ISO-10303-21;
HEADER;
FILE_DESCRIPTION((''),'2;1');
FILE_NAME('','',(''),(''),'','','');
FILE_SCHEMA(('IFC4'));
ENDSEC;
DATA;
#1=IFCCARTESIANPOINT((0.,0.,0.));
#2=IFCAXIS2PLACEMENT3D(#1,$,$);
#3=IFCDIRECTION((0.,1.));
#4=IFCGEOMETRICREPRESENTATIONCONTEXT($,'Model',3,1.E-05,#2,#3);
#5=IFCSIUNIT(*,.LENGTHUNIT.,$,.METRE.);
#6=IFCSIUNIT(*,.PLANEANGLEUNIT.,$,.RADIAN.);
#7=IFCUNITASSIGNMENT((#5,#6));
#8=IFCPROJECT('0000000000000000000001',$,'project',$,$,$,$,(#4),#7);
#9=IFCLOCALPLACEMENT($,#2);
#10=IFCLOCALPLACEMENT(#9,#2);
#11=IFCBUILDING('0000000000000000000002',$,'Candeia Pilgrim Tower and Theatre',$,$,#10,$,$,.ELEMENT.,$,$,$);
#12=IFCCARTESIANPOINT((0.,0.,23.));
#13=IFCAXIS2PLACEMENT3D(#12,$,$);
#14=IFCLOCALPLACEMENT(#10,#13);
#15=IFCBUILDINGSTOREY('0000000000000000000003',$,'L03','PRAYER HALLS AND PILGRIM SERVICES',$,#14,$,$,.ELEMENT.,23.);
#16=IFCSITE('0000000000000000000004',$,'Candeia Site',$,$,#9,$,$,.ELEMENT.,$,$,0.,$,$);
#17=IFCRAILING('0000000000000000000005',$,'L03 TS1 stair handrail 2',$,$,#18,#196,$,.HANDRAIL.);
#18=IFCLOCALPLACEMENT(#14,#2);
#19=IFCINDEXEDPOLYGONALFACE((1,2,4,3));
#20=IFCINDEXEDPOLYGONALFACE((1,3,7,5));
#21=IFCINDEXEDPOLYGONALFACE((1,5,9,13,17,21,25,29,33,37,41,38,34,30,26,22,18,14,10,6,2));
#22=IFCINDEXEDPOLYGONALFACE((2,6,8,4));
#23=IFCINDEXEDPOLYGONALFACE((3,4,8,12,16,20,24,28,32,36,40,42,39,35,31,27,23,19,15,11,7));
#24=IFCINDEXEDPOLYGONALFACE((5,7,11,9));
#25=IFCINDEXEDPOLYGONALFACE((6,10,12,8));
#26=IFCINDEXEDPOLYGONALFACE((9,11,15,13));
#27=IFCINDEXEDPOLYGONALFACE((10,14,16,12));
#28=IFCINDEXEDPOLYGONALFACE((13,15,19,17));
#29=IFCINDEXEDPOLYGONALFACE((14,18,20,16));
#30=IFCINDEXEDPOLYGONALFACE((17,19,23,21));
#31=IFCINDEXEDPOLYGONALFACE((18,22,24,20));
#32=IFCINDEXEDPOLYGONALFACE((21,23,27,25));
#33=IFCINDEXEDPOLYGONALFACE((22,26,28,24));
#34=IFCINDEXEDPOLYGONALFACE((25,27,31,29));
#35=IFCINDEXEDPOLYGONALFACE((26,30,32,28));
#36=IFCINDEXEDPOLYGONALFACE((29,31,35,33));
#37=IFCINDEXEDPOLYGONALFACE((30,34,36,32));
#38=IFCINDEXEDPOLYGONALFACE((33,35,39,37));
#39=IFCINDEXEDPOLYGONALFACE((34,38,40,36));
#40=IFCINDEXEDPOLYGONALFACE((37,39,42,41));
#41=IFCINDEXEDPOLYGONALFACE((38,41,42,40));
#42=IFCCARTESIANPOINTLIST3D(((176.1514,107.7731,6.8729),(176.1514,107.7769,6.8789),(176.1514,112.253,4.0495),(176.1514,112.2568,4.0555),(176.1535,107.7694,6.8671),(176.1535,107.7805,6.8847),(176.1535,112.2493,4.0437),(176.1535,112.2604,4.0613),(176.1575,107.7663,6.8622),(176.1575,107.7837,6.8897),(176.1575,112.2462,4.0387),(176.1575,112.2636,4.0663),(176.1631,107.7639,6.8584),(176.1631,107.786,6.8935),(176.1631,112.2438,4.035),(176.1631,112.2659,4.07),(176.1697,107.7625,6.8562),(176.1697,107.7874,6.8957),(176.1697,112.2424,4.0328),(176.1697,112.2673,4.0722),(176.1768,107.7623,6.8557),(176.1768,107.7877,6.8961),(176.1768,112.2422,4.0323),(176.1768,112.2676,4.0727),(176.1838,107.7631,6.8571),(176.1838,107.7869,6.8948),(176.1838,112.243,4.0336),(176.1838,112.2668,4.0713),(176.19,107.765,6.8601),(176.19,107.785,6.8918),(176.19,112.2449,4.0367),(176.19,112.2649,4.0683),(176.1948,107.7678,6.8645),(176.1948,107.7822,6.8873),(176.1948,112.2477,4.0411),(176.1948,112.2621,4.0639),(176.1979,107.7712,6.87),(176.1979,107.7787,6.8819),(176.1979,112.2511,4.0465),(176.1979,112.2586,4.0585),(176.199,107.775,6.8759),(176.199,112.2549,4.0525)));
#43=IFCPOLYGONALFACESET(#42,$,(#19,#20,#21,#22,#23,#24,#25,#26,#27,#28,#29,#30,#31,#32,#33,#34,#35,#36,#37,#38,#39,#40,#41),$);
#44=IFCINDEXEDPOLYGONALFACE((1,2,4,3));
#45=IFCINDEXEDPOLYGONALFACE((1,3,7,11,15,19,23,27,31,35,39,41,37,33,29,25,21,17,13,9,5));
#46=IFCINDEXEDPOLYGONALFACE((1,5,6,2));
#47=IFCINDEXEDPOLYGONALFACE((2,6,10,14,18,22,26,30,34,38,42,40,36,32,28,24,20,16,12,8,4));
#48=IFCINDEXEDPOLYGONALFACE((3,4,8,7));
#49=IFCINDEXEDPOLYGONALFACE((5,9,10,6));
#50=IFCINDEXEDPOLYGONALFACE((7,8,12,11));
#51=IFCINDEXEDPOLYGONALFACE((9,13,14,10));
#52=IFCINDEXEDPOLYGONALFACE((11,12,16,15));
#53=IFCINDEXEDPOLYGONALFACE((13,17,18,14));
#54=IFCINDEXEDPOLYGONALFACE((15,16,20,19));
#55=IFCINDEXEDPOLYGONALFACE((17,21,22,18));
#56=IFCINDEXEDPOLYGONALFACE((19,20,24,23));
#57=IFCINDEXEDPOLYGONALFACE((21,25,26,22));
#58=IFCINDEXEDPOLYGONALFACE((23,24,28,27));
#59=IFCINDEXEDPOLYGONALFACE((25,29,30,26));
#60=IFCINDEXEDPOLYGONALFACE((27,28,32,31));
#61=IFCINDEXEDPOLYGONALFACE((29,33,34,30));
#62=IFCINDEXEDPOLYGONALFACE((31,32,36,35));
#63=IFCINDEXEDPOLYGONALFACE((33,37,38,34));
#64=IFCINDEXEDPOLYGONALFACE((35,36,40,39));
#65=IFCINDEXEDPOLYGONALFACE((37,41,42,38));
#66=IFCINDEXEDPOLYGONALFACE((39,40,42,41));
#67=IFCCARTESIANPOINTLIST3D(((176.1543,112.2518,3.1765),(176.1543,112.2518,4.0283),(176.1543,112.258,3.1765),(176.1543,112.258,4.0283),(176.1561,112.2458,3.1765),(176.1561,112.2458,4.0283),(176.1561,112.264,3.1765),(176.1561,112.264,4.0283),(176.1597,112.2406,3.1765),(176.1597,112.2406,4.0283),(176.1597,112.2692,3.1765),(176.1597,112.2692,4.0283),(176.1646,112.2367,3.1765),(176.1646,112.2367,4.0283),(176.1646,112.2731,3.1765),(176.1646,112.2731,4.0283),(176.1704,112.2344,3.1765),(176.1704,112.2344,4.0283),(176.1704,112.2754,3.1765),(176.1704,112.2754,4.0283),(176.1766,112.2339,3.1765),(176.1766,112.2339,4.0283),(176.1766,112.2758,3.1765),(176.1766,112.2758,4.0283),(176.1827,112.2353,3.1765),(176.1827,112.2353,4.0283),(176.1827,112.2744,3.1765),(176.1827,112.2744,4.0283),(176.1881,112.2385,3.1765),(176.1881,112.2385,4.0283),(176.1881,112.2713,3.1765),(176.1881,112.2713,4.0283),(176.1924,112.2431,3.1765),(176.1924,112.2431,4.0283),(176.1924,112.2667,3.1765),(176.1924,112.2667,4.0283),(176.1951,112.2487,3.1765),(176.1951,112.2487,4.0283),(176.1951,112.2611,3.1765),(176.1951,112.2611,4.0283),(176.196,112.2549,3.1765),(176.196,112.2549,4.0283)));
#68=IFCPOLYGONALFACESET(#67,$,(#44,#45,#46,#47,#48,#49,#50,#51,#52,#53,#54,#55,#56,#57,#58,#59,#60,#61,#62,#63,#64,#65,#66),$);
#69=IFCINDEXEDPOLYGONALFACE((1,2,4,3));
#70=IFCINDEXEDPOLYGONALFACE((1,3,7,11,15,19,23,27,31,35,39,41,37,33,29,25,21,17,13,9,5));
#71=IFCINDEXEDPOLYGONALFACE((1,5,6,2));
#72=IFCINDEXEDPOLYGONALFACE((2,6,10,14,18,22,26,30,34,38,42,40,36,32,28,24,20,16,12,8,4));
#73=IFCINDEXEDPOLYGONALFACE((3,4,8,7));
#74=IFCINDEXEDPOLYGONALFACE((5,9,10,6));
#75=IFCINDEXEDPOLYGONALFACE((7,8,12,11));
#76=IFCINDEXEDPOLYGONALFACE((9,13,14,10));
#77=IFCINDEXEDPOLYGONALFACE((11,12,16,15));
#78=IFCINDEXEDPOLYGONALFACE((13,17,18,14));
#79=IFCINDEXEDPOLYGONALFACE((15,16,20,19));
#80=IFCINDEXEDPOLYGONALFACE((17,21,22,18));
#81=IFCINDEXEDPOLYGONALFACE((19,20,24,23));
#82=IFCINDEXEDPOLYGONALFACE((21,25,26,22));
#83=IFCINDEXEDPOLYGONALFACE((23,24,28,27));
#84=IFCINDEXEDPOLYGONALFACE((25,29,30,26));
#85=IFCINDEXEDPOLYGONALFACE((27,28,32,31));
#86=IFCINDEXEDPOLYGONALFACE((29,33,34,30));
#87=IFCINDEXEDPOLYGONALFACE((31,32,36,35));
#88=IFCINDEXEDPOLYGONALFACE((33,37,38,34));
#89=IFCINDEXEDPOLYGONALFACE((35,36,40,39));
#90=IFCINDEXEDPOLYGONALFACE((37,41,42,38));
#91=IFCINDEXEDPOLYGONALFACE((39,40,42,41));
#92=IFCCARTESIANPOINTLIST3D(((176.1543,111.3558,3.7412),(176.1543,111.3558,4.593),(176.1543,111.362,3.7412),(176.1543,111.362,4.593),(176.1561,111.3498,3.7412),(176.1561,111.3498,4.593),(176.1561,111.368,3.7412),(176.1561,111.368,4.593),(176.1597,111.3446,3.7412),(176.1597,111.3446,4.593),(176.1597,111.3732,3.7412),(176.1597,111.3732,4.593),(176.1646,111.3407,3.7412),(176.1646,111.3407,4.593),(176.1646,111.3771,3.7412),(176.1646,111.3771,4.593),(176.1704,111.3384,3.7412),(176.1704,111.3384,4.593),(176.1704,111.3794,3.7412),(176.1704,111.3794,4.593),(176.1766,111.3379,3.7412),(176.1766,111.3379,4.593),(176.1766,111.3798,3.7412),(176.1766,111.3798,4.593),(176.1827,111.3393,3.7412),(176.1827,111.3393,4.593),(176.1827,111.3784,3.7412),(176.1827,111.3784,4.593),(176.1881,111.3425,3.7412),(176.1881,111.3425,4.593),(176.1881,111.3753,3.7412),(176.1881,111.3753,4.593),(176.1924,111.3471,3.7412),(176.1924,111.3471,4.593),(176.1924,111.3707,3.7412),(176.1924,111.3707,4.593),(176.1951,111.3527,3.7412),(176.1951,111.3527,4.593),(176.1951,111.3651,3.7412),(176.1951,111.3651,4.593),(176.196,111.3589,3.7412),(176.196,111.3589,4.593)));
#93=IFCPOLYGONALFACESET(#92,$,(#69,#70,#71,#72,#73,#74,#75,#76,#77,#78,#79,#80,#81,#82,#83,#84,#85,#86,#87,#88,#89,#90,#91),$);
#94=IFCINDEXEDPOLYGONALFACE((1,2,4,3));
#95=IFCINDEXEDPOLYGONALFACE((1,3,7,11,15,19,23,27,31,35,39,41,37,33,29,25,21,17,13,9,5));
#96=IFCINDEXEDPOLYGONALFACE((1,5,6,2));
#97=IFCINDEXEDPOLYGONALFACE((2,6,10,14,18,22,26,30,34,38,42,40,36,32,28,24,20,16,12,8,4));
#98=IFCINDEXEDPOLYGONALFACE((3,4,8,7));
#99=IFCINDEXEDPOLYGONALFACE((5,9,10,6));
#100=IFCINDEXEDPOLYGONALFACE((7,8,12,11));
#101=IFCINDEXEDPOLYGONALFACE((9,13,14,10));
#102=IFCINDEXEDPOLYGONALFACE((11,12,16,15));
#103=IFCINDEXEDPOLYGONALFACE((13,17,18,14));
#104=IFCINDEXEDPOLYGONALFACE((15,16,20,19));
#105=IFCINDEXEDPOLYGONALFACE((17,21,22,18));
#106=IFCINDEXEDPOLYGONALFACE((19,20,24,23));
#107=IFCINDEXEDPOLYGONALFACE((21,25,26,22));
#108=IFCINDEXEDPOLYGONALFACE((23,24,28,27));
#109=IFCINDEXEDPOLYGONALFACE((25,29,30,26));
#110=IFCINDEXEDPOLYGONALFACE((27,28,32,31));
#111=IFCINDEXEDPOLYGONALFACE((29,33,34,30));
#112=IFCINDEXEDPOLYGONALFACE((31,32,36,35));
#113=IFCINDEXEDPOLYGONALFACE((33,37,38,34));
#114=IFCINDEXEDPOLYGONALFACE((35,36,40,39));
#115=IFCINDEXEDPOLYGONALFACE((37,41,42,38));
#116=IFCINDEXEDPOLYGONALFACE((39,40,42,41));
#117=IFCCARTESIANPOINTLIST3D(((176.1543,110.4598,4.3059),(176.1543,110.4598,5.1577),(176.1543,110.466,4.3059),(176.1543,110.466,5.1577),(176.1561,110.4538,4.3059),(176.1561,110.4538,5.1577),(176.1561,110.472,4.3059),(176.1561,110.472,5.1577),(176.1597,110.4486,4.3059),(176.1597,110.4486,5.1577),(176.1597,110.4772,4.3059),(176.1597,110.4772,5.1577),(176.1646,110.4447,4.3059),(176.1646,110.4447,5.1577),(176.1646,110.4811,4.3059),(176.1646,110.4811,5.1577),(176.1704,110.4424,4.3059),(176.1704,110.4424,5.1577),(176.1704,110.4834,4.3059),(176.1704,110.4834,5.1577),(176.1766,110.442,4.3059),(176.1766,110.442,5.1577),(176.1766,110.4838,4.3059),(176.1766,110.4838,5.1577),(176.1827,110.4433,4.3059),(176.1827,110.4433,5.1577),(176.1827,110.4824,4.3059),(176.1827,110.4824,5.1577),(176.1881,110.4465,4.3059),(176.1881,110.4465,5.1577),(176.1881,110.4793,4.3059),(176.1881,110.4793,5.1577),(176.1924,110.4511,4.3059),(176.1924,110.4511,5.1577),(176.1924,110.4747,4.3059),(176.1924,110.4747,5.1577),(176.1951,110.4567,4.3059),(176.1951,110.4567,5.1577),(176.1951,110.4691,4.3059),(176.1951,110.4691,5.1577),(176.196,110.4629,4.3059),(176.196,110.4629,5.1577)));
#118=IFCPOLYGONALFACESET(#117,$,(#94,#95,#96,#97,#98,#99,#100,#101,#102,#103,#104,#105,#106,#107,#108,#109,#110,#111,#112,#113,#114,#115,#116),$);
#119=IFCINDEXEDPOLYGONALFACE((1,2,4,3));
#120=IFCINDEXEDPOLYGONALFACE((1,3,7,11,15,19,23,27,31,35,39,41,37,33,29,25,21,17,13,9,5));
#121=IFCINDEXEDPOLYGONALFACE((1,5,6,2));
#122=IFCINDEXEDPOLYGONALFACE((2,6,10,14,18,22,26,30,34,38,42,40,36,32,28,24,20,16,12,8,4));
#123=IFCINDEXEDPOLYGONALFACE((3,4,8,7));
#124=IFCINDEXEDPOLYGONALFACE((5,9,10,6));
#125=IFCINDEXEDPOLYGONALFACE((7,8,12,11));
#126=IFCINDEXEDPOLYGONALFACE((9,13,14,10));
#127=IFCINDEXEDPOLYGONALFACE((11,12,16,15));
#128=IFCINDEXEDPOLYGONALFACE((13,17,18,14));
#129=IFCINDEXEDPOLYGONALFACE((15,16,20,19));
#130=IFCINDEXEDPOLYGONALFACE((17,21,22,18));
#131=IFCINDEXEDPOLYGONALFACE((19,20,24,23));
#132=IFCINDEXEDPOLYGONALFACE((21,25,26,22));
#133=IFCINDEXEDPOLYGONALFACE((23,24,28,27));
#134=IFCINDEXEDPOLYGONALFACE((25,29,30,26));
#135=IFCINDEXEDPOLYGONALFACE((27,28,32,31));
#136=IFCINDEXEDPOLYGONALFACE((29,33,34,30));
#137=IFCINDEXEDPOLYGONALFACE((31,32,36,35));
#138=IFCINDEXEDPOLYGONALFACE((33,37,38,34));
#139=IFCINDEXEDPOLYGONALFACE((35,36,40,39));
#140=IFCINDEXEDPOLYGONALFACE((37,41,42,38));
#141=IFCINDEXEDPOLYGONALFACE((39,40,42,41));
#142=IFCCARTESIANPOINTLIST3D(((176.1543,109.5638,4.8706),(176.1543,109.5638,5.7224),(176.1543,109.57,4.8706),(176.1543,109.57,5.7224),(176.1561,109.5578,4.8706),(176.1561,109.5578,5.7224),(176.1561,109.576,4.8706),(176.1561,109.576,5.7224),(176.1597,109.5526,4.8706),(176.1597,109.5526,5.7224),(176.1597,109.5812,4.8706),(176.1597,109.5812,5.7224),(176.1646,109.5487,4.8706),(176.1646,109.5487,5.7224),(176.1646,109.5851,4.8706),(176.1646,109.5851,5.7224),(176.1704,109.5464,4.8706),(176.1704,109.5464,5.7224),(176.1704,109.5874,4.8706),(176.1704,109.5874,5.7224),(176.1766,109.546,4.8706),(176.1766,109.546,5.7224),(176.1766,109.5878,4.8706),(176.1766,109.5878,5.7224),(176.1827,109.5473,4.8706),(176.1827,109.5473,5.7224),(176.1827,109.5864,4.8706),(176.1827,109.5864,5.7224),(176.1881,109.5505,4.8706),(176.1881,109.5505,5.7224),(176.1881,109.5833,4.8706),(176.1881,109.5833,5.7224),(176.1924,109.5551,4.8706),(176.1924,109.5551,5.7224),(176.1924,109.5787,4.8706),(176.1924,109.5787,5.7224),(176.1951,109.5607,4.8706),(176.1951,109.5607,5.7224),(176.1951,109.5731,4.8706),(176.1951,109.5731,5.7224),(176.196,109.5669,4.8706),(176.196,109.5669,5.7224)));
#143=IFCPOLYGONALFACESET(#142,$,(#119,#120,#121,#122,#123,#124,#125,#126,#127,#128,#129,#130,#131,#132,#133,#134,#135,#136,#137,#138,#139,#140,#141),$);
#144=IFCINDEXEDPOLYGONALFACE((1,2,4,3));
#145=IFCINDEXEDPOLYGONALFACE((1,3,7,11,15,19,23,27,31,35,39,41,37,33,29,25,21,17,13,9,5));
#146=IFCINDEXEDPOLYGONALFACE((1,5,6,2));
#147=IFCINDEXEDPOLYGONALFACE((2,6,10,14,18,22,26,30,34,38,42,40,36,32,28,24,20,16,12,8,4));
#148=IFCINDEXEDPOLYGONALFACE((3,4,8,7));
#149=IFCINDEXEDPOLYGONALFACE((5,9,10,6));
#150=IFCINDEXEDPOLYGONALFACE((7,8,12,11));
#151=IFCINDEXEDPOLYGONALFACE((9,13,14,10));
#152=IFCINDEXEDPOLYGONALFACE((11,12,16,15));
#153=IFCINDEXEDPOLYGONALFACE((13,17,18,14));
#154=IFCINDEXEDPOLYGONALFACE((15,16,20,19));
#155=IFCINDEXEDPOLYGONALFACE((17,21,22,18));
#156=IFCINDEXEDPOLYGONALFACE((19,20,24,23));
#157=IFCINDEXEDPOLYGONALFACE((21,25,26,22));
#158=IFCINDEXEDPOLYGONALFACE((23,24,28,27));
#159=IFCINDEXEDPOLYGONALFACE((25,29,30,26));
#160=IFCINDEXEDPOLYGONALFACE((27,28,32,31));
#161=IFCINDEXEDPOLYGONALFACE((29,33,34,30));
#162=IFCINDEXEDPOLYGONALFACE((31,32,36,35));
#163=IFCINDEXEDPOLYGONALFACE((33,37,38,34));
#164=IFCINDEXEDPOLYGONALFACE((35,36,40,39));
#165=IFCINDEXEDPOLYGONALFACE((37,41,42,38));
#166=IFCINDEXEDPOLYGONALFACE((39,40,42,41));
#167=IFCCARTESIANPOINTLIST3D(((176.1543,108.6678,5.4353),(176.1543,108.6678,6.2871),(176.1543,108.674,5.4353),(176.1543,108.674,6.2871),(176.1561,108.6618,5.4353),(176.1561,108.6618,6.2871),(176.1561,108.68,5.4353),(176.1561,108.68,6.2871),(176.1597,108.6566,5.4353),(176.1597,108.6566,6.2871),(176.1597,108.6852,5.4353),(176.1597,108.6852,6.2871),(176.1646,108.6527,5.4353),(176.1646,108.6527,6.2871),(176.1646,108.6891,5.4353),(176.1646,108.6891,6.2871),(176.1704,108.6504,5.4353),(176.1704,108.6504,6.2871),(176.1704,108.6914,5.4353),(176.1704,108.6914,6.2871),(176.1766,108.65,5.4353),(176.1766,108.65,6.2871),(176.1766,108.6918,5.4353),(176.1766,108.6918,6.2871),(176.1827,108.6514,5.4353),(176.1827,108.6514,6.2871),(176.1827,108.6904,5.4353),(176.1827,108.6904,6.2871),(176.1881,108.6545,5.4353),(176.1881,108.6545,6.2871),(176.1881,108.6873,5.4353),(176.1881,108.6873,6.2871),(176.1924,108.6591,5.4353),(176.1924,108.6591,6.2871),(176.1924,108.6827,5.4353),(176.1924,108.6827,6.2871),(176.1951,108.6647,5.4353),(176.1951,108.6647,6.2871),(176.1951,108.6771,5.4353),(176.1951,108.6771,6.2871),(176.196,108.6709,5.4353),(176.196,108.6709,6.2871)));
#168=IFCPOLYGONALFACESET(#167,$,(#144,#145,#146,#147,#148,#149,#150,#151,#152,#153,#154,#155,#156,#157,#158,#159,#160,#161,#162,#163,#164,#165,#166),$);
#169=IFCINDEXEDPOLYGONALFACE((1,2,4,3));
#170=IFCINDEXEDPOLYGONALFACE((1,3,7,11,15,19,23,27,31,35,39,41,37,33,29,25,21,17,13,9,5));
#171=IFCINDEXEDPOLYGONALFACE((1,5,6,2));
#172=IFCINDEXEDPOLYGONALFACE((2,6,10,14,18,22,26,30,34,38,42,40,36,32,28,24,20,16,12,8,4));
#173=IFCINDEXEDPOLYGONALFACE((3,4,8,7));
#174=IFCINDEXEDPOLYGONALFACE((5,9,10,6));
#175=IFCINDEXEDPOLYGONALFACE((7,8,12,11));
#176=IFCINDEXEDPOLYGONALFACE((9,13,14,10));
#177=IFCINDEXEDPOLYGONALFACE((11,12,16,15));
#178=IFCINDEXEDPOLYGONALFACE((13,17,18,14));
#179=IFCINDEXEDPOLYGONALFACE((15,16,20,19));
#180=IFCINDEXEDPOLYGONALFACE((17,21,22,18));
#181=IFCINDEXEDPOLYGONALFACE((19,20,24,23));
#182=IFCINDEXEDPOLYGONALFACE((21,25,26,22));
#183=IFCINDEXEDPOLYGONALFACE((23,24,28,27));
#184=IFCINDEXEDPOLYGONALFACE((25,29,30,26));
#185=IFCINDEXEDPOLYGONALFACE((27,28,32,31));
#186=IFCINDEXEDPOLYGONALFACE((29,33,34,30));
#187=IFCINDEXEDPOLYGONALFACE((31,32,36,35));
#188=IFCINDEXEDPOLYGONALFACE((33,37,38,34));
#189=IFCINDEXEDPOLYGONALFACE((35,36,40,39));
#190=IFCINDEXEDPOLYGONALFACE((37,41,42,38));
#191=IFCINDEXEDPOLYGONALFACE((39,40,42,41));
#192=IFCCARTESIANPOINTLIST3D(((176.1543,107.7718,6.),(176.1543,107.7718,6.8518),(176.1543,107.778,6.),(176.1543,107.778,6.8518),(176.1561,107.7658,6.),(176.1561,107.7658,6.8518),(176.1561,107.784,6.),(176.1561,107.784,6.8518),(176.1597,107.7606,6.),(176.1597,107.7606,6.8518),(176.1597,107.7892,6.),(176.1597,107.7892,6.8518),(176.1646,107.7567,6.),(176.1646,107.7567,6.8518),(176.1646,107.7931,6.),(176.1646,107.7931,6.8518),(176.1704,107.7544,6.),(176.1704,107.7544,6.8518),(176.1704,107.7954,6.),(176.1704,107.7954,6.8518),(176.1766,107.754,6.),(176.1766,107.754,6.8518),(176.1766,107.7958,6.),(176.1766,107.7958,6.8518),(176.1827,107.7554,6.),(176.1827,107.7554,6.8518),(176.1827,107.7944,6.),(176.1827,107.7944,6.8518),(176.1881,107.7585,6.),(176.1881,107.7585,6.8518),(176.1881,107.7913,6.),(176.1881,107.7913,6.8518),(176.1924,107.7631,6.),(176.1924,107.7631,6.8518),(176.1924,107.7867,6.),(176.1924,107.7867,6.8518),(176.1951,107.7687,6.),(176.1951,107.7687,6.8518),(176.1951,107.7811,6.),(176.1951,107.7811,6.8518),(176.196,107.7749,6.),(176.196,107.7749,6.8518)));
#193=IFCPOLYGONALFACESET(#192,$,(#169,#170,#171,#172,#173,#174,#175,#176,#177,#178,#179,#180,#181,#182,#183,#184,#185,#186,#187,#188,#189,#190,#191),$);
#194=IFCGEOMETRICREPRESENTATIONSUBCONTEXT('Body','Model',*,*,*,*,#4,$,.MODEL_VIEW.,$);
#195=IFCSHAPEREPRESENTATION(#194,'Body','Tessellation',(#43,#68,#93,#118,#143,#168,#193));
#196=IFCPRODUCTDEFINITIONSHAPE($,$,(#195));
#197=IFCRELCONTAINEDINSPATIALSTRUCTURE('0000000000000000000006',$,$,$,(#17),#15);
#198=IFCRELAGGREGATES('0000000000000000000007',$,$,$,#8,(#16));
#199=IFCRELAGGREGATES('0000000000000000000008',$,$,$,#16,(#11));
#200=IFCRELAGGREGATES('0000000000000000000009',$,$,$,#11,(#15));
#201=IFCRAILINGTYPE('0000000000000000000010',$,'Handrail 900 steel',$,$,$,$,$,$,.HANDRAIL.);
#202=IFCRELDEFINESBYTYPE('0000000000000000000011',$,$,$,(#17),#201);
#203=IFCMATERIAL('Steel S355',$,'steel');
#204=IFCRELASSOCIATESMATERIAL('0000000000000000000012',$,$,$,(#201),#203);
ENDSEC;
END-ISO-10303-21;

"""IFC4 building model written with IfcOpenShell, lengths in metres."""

from ifc_helpers import new_model, si_unit, direction, frame, origin, origin_2d, place, context, subcontext, project, spatial, circle, extrude, material, type_object, element, save


model = new_model("IFC4")

# Units and contexts
model_context = context("Model", 3, precision=1e-05, world=origin(), true_north=direction((0.0, 1.0)))
body_context = subcontext(model_context, "Body", "Model", "MODEL_VIEW")
ifc_project = project(units=[si_unit("LENGTHUNIT", "METRE"), si_unit("PLANEANGLEUNIT", "RADIAN")], contexts=[model_context])

# Site, building, storey
site_placement = place(None, origin())
site = spatial("IfcSite", under=ifc_project, at=site_placement, Name="Candeia Site", CompositionType="ELEMENT", RefElevation=0.0)
building_placement = place(site_placement, origin())
building = spatial("IfcBuilding", under=site, at=building_placement, Name="Candeia Pilgrim Tower and Theatre", CompositionType="ELEMENT")
storey_placement = place(building_placement, frame((0.0, 0.0, 23.0)))
storey = spatial("IfcBuildingStorey", under=building, at=storey_placement, Name="L03", Description="PRAYER HALLS AND PILGRIM SERVICES", CompositionType="ELEMENT", Elevation=23.0)

# Railing
ifc_material_1 = material(Name="Steel S355", Category="steel")
railing_type_1 = type_object("IfcRailingType", Name="Handrail 900 steel", PredefinedType="HANDRAIL", material=ifc_material_1)
for number, where, name in (
    (1, (176.175, 112.2549, 3.1765), "L03 TS1 stair handrail 2"),
):
    element("IfcRailing", number, at=place(storey_placement, frame(where)), inside=storey, type_object=railing_type_1, Name=name, PredefinedType="HANDRAIL", context=body_context, shape_type="SweptSolid", body=[
        extrude(circle(Radius=0.0239, at=origin_2d()), frame((0.0, 0.0, 0.876), z_axis=(0.0, -0.845998, 0.533186), x_axis=(1.0, 0.0, 0.0)), (0.0, 0.0, 1.0), 5.2954),
        extrude(circle(Radius=0.021, at=origin_2d()), origin(), (0.0, 0.0, 1.0), 0.8518),
        extrude(circle(Radius=0.021, at=origin_2d()), frame((0.0, -0.896, 0.5647)), (0.0, 0.0, 1.0), 0.8518),
        extrude(circle(Radius=0.021, at=origin_2d()), frame((0.0, -1.792, 1.1294)), (0.0, 0.0, 1.0), 0.8518),
        extrude(circle(Radius=0.021, at=origin_2d()), frame((0.0, -2.688, 1.6941)), (0.0, 0.0, 1.0), 0.8518),
        extrude(circle(Radius=0.021, at=origin_2d()), frame((0.0, -3.584, 2.2588)), (0.0, 0.0, 1.0), 0.8518),
        extrude(circle(Radius=0.021, at=origin_2d()), frame((0.0, -4.48, 2.8235)), (0.0, 0.0, 1.0), 0.8518),
    ])

save(model, "model.ifc")
